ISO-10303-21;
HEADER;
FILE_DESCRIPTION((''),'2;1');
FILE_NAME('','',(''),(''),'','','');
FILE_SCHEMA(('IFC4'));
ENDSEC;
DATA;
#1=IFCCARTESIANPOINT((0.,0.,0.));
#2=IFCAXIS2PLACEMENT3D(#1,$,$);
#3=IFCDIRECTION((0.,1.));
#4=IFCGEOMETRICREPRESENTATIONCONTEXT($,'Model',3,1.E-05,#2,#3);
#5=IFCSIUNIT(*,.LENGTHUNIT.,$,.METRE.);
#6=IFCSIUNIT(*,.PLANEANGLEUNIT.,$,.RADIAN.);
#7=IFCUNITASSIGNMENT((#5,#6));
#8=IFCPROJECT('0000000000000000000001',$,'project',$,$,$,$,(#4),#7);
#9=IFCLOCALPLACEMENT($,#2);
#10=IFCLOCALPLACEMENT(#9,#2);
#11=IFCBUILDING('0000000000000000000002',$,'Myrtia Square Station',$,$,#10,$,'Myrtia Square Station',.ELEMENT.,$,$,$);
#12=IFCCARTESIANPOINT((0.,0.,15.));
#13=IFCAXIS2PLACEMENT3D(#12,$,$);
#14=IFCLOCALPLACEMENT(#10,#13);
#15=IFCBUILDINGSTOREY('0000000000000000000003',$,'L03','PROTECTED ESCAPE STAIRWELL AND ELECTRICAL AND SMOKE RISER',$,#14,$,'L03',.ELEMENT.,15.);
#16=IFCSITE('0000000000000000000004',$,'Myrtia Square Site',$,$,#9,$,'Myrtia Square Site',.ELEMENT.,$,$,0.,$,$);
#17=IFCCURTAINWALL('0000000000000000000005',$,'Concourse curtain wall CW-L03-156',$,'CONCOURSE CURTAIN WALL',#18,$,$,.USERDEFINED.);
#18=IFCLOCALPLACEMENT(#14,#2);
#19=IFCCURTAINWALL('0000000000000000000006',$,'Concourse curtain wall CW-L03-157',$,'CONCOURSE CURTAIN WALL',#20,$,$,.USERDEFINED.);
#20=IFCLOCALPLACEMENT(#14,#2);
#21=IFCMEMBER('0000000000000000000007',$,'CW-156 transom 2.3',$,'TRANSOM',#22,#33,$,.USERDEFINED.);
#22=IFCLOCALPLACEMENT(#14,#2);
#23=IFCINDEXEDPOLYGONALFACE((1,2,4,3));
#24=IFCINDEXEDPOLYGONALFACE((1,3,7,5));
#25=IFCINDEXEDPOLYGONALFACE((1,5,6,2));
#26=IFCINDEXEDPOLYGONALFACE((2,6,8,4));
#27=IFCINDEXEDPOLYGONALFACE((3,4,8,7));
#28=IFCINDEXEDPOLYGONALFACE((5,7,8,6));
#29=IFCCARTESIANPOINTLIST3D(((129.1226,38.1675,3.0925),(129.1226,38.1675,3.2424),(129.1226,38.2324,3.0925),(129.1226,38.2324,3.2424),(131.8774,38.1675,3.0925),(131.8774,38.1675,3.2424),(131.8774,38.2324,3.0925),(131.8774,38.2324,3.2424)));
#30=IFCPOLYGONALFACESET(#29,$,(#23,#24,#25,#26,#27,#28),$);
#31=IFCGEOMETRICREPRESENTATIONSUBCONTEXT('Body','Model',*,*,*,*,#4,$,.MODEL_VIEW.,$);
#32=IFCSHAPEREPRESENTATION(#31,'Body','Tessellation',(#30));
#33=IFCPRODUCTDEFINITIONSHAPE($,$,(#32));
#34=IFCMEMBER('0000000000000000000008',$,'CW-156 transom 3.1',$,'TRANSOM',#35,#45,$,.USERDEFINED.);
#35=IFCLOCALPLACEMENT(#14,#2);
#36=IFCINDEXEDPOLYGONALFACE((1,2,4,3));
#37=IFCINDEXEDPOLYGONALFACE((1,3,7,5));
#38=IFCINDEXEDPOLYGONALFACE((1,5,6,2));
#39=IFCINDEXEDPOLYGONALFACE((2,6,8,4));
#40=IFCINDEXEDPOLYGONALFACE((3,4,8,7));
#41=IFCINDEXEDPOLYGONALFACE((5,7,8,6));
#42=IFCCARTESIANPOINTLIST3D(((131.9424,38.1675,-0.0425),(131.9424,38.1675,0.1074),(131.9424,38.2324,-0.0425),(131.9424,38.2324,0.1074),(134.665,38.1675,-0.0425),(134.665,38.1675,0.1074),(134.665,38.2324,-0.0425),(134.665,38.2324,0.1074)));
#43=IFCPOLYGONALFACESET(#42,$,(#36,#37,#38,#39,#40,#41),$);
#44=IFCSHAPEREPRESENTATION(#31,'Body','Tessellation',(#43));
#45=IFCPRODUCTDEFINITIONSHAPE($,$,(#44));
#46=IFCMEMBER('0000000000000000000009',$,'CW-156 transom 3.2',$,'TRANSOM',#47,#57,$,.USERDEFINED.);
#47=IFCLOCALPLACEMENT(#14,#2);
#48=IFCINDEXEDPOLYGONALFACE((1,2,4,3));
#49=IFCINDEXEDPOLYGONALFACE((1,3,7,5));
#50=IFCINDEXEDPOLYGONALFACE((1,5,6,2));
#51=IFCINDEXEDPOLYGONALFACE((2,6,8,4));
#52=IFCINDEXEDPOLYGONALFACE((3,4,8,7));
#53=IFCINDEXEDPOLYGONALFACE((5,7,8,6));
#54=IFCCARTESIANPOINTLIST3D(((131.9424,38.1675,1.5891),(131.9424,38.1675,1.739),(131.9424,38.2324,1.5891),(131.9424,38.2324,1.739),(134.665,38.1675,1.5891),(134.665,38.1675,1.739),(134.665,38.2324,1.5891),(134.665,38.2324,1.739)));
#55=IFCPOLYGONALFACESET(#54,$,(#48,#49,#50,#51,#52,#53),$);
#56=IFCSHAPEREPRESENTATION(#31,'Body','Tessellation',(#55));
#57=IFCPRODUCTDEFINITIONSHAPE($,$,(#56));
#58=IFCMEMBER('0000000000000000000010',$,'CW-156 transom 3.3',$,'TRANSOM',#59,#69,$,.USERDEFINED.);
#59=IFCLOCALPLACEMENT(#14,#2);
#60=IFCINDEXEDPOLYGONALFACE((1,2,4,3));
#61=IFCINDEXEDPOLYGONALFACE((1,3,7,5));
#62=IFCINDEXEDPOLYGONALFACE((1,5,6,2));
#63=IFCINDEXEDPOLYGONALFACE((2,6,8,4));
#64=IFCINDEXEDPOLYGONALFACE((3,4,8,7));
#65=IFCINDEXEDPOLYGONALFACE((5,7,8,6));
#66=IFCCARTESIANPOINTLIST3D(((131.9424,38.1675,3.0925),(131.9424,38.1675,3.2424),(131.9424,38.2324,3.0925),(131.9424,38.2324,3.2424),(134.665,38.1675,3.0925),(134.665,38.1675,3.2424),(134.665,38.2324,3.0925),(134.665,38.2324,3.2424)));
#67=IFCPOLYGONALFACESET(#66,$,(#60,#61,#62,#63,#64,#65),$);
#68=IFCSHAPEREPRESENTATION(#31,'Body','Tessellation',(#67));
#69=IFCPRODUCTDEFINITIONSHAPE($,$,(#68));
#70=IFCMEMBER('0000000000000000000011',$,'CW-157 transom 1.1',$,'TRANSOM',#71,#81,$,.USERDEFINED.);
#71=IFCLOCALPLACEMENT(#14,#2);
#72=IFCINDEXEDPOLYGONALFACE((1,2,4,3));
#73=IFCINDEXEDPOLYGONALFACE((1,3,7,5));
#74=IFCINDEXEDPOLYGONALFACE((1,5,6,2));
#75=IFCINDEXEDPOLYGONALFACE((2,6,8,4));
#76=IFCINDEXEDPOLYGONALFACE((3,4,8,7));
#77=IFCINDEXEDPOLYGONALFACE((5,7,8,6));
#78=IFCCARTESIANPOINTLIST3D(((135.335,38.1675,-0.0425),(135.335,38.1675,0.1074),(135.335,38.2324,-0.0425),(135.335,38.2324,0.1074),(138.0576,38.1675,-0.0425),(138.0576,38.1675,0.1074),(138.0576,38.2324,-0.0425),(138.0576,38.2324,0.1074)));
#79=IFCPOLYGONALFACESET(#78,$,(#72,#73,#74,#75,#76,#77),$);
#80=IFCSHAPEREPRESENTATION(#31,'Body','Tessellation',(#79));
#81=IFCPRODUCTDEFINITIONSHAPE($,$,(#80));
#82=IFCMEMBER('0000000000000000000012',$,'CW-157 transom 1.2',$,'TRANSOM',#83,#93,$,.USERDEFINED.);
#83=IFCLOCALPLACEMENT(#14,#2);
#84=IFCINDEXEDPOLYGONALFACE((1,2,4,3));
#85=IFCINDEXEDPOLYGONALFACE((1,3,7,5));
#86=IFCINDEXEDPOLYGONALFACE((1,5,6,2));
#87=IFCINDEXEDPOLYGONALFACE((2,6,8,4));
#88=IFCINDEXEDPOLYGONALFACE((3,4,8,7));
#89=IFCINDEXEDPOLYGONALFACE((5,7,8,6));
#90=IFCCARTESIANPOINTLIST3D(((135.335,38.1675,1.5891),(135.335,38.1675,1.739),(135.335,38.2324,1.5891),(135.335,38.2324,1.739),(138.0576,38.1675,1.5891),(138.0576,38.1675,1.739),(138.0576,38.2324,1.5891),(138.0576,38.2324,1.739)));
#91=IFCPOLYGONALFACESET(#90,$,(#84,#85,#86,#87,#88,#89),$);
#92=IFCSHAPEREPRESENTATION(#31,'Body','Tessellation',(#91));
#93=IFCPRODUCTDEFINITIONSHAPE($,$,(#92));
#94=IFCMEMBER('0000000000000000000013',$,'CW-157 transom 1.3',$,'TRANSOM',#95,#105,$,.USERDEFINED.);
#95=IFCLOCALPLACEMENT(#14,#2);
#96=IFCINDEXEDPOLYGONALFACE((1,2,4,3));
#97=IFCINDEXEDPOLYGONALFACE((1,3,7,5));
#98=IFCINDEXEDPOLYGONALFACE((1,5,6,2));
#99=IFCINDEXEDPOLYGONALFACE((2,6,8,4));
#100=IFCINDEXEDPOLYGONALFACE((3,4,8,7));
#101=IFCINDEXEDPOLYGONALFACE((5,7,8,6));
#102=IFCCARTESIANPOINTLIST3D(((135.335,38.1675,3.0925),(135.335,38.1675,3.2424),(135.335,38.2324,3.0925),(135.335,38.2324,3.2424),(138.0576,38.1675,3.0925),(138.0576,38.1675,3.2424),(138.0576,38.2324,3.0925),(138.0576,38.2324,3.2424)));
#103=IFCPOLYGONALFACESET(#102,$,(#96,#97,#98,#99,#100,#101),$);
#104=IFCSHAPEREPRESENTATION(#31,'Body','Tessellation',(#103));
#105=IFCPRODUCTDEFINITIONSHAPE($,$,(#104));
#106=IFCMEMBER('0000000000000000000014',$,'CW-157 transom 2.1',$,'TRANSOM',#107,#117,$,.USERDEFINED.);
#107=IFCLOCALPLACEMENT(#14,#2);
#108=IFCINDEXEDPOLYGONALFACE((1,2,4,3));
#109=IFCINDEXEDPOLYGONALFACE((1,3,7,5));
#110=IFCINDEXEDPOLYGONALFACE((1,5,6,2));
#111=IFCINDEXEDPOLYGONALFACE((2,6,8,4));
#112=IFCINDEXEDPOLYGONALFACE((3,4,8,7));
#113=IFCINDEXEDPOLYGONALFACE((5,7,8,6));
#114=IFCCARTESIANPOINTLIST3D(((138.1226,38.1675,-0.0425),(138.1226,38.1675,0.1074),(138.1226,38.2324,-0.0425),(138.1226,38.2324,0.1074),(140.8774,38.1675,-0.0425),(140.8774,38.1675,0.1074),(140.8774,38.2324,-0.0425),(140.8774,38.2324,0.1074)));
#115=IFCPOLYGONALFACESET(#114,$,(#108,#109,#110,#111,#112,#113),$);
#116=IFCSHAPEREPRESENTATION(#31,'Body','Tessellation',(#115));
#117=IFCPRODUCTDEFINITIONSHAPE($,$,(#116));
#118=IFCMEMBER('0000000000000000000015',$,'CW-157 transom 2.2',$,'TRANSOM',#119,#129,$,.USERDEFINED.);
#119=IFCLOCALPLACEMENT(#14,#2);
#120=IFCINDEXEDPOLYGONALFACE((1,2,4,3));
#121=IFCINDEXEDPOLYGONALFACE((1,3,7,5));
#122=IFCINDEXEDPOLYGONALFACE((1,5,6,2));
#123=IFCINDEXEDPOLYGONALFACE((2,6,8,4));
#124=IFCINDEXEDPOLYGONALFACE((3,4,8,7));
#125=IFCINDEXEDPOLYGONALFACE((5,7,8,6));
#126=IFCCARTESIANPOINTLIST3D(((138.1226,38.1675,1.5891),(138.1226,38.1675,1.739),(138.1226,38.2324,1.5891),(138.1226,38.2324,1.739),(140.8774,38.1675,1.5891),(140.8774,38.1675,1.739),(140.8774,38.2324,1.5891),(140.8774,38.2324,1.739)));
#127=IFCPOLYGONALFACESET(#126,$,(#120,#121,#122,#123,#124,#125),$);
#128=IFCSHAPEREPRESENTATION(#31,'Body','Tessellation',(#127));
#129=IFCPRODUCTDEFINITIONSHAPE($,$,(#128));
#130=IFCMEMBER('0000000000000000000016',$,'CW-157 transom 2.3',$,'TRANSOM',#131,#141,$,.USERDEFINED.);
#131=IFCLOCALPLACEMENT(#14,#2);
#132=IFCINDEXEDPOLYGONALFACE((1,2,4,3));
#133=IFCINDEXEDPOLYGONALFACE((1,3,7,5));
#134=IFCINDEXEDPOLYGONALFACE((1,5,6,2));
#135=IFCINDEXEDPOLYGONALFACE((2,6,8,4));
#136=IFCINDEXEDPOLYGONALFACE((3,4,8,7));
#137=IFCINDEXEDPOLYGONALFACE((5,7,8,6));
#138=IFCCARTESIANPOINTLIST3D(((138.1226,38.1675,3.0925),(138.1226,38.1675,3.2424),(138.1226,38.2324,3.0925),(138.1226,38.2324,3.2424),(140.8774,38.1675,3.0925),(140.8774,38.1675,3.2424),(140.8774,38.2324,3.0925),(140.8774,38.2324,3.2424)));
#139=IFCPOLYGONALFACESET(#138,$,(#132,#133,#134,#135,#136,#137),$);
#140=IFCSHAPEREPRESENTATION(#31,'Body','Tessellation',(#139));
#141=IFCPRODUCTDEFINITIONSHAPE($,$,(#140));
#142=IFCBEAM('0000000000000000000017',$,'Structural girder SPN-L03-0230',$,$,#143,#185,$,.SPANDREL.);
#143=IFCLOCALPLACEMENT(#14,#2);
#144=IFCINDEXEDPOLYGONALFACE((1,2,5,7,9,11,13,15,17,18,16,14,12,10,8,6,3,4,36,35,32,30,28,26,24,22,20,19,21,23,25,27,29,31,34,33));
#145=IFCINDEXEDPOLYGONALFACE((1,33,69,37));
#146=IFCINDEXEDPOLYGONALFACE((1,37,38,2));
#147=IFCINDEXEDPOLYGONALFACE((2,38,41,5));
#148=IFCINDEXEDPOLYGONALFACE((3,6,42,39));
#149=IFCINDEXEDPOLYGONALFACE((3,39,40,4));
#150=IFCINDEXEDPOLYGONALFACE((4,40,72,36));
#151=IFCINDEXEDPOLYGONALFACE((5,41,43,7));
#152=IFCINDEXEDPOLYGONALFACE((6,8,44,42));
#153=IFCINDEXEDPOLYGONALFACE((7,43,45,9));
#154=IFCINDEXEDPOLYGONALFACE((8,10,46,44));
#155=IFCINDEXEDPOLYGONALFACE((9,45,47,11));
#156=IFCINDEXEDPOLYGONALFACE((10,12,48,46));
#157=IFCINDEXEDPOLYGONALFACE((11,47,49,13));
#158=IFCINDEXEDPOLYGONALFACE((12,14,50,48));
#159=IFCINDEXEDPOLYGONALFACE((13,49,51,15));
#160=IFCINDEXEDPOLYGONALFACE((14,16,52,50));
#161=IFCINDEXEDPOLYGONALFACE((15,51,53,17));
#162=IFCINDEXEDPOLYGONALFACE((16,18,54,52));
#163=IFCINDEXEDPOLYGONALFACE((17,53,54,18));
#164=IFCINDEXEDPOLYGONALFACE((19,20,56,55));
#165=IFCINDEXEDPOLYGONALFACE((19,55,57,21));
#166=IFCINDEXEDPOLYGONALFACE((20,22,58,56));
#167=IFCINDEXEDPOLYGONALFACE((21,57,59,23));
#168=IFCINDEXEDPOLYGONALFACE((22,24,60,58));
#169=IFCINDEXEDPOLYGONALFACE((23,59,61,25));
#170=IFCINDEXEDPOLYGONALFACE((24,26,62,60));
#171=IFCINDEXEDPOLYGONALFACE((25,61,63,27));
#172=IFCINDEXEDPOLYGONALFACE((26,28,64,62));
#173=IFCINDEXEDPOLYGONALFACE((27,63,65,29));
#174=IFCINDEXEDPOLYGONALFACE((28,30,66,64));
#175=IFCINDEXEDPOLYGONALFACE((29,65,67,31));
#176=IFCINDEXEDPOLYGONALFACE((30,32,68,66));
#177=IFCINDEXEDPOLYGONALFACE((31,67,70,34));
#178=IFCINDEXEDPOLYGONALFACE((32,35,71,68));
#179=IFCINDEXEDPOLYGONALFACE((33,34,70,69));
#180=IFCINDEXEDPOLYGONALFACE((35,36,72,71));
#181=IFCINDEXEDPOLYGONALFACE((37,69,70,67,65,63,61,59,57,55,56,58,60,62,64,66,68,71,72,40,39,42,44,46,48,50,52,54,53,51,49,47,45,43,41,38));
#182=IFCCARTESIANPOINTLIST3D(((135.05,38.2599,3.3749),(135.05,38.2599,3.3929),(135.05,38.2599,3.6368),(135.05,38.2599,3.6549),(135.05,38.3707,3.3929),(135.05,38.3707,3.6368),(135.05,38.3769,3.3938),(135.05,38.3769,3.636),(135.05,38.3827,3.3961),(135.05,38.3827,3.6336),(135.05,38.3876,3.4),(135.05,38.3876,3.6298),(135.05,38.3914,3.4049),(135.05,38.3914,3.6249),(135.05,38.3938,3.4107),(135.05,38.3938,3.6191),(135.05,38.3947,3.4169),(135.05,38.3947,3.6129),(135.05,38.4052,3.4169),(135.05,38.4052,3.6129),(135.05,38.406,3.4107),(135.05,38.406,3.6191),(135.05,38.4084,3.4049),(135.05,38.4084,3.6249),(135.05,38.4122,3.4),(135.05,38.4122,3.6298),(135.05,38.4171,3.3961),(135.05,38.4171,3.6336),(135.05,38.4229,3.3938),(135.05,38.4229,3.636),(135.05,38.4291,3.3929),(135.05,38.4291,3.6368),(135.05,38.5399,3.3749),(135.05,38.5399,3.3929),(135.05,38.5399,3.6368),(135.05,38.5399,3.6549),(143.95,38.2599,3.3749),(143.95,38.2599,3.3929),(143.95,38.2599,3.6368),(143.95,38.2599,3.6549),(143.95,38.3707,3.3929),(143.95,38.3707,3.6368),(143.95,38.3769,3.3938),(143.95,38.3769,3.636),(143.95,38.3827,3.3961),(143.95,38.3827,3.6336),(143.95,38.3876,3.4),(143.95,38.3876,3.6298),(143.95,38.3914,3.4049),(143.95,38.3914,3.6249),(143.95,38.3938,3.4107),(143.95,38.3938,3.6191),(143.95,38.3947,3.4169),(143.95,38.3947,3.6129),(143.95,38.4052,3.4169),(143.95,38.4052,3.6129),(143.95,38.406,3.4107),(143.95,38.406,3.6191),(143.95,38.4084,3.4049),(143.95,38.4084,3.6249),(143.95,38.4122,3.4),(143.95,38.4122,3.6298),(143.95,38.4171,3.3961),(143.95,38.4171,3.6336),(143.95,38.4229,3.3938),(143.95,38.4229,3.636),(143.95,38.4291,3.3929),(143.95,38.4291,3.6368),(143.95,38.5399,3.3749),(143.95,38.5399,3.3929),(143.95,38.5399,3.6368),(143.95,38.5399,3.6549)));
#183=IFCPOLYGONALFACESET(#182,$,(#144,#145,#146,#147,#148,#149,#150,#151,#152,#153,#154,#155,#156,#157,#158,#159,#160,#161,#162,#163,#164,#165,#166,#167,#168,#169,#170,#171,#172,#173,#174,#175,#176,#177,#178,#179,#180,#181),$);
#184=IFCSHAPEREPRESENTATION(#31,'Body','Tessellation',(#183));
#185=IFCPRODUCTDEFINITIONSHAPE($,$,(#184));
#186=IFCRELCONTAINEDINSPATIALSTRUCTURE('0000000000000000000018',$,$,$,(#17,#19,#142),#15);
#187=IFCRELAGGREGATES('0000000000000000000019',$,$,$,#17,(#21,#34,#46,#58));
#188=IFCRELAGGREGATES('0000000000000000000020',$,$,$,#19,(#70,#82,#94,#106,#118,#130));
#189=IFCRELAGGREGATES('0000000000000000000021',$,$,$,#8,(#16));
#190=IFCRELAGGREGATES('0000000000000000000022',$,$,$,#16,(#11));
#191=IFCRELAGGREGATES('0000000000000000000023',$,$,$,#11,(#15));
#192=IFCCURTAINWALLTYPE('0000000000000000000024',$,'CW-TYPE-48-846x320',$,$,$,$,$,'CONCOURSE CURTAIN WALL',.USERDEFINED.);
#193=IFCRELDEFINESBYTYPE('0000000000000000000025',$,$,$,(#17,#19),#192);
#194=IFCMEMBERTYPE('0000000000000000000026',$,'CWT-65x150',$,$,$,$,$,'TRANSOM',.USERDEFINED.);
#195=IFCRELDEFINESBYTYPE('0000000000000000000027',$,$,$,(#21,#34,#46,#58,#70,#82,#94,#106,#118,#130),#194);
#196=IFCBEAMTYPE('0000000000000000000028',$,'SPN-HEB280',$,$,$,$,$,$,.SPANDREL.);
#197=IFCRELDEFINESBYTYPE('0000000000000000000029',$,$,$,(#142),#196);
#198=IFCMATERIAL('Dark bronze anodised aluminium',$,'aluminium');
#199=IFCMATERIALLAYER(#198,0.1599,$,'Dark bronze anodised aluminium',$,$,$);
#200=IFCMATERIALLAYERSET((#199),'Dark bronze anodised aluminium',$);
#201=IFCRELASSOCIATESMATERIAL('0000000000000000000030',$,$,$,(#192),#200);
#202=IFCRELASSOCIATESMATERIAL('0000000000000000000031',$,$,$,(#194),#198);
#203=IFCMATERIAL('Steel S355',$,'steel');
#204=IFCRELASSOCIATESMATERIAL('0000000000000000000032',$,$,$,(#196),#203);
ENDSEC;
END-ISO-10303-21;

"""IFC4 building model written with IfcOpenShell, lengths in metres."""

from ifc_helpers import new_model, si_unit, direction, frame, origin, origin_2d, place, context, subcontext, project, spatial, rectangle, i_section, extrude, material, layer, layer_set, material_profile, profile_set, type_object, element, aggregate, save


model = new_model("IFC4")

# Units and contexts
model_context = context("Model", 3, precision=1e-05, world=origin(), true_north=direction((0.0, 1.0)))
body_context = subcontext(model_context, "Body", "Model", "MODEL_VIEW")
ifc_project = project(units=[si_unit("LENGTHUNIT", "METRE"), si_unit("PLANEANGLEUNIT", "RADIAN")], contexts=[model_context])

# Site, building, storey
site_placement = place(None, origin())
site = spatial("IfcSite", under=ifc_project, at=site_placement, Name="Myrtia Square Site", LongName="Myrtia Square Site", CompositionType="ELEMENT", RefElevation=0.0)
building_placement = place(site_placement, origin())
building = spatial("IfcBuilding", under=site, at=building_placement, Name="Myrtia Square Station", LongName="Myrtia Square Station", CompositionType="ELEMENT")
storey_placement = place(building_placement, frame((0.0, 0.0, 15.0)))
storey = spatial("IfcBuildingStorey", under=building, at=storey_placement, Name="L03", Description="PROTECTED ESCAPE STAIRWELL AND ELECTRICAL AND SMOKE RISER", LongName="L03", CompositionType="ELEMENT", Elevation=15.0)

# Shared definitions
ifc_material_1 = material(Name="Steel S355", Category="steel")

# Curtain walls
ifc_material_2 = material(Name="Dark bronze anodised aluminium", Category="aluminium")
ifc_layer_1 = layer(ifc_material_2, 0.1599, Name="Dark bronze anodised aluminium")
ifc_layer_set_1 = layer_set([ifc_layer_1], Name="Dark bronze anodised aluminium")
curtain_wall_type = type_object("IfcCurtainWallType", Name="CW-TYPE-48-846x320", ElementType="CONCOURSE CURTAIN WALL", PredefinedType="USERDEFINED", material=ifc_layer_set_1)
curtain_wall_1_placement = place(storey_placement, origin())
curtain_wall_1 = element("IfcCurtainWall", 1, at=curtain_wall_1_placement, inside=storey, type_object=curtain_wall_type, Name="Concourse curtain wall CW-L03-156", ObjectType="CONCOURSE CURTAIN WALL", PredefinedType="USERDEFINED")
curtain_wall_2_placement = place(storey_placement, origin())
curtain_wall_2 = element("IfcCurtainWall", 2, at=curtain_wall_2_placement, inside=storey, type_object=curtain_wall_type, Name="Concourse curtain wall CW-L03-157", ObjectType="CONCOURSE CURTAIN WALL", PredefinedType="USERDEFINED")

# Members
ifc_material_profile_1 = material_profile(ifc_material_2, rectangle(XDim=0.0649, YDim=0.1499, at=origin_2d()), Name="ALU-T 65x150")
ifc_profile_set_1 = profile_set([ifc_material_profile_1], Name="Dark bronze anodised aluminium")
member_type_1 = type_object("IfcMemberType", Name="CWT-65x150", ElementType="TRANSOM", PredefinedType="USERDEFINED", material=ifc_profile_set_1)
member_1_placement = place(storey_placement, frame((129.1226, 38.2, 3.1675), z_axis=(1.0, 0.0, 0.0), x_axis=(0.0, 1.0, 0.0)))
member_1 = element("IfcMember", 3, at=member_1_placement, type_object=member_type_1, Name="CW-156 transom 2.3", ObjectType="TRANSOM", PredefinedType="USERDEFINED", context=body_context, shape_type="SweptSolid", body=[
    extrude(rectangle(XDim=0.0649, YDim=0.1499, at=origin_2d()), origin(), (0.0, 0.0, 1.0), 2.7549),
])
member_2_placement = place(storey_placement, frame((131.9424, 38.2, 0.0325), z_axis=(1.0, 0.0, 0.0), x_axis=(0.0, 1.0, 0.0)))
member_2 = element("IfcMember", 4, at=member_2_placement, type_object=member_type_1, Name="CW-156 transom 3.1", ObjectType="TRANSOM", PredefinedType="USERDEFINED", context=body_context, shape_type="SweptSolid", body=[
    extrude(rectangle(XDim=0.0649, YDim=0.1499, at=origin_2d()), origin(), (0.0, 0.0, 1.0), 2.7227),
])
member_3_placement = place(storey_placement, frame((131.9424, 38.2, 1.6641), z_axis=(1.0, 0.0, 0.0), x_axis=(0.0, 1.0, 0.0)))
member_3 = element("IfcMember", 5, at=member_3_placement, type_object=member_type_1, Name="CW-156 transom 3.2", ObjectType="TRANSOM", PredefinedType="USERDEFINED", context=body_context, shape_type="SweptSolid", body=[
    extrude(rectangle(XDim=0.0649, YDim=0.1499, at=origin_2d()), origin(), (0.0, 0.0, 1.0), 2.7227),
])
member_4_placement = place(storey_placement, frame((131.9424, 38.2, 3.1675), z_axis=(1.0, 0.0, 0.0), x_axis=(0.0, 1.0, 0.0)))
member_4 = element("IfcMember", 6, at=member_4_placement, type_object=member_type_1, Name="CW-156 transom 3.3", ObjectType="TRANSOM", PredefinedType="USERDEFINED", context=body_context, shape_type="SweptSolid", body=[
    extrude(rectangle(XDim=0.0649, YDim=0.1499, at=origin_2d()), origin(), (0.0, 0.0, 1.0), 2.7227),
])
member_5_placement = place(storey_placement, frame((135.335, 38.2, 0.0325), z_axis=(1.0, 0.0, 0.0), x_axis=(0.0, 1.0, 0.0)))
member_5 = element("IfcMember", 7, at=member_5_placement, type_object=member_type_1, Name="CW-157 transom 1.1", ObjectType="TRANSOM", PredefinedType="USERDEFINED", context=body_context, shape_type="SweptSolid", body=[
    extrude(rectangle(XDim=0.0649, YDim=0.1499, at=origin_2d()), origin(), (0.0, 0.0, 1.0), 2.7227),
])
member_6_placement = place(storey_placement, frame((135.335, 38.2, 1.6641), z_axis=(1.0, 0.0, 0.0), x_axis=(0.0, 1.0, 0.0)))
member_6 = element("IfcMember", 8, at=member_6_placement, type_object=member_type_1, Name="CW-157 transom 1.2", ObjectType="TRANSOM", PredefinedType="USERDEFINED", context=body_context, shape_type="SweptSolid", body=[
    extrude(rectangle(XDim=0.0649, YDim=0.1499, at=origin_2d()), origin(), (0.0, 0.0, 1.0), 2.7227),
])
member_7_placement = place(storey_placement, frame((135.335, 38.2, 3.1675), z_axis=(1.0, 0.0, 0.0), x_axis=(0.0, 1.0, 0.0)))
member_7 = element("IfcMember", 9, at=member_7_placement, type_object=member_type_1, Name="CW-157 transom 1.3", ObjectType="TRANSOM", PredefinedType="USERDEFINED", context=body_context, shape_type="SweptSolid", body=[
    extrude(rectangle(XDim=0.0649, YDim=0.1499, at=origin_2d()), origin(), (0.0, 0.0, 1.0), 2.7227),
])
member_8_placement = place(storey_placement, frame((138.1226, 38.2, 0.0325), z_axis=(1.0, 0.0, 0.0), x_axis=(0.0, 1.0, 0.0)))
member_8 = element("IfcMember", 10, at=member_8_placement, type_object=member_type_1, Name="CW-157 transom 2.1", ObjectType="TRANSOM", PredefinedType="USERDEFINED", context=body_context, shape_type="SweptSolid", body=[
    extrude(rectangle(XDim=0.0649, YDim=0.1499, at=origin_2d()), origin(), (0.0, 0.0, 1.0), 2.7549),
])
member_9_placement = place(storey_placement, frame((138.1226, 38.2, 1.6641), z_axis=(1.0, 0.0, 0.0), x_axis=(0.0, 1.0, 0.0)))
member_9 = element("IfcMember", 11, at=member_9_placement, type_object=member_type_1, Name="CW-157 transom 2.2", ObjectType="TRANSOM", PredefinedType="USERDEFINED", context=body_context, shape_type="SweptSolid", body=[
    extrude(rectangle(XDim=0.0649, YDim=0.1499, at=origin_2d()), origin(), (0.0, 0.0, 1.0), 2.7549),
])
member_10_placement = place(storey_placement, frame((138.1226, 38.2, 3.1675), z_axis=(1.0, 0.0, 0.0), x_axis=(0.0, 1.0, 0.0)))
member_10 = element("IfcMember", 12, at=member_10_placement, type_object=member_type_1, Name="CW-157 transom 2.3", ObjectType="TRANSOM", PredefinedType="USERDEFINED", context=body_context, shape_type="SweptSolid", body=[
    extrude(rectangle(XDim=0.0649, YDim=0.1499, at=origin_2d()), origin(), (0.0, 0.0, 1.0), 2.7549),
])

# Beam
ifc_material_profile_2 = material_profile(ifc_material_1, i_section(OverallWidth=0.28, OverallDepth=0.28, WebThickness=0.0105, FlangeThickness=0.0181, FilletRadius=0.0239, at=origin_2d()), Name="HEB 280")
ifc_profile_set_2 = profile_set([ifc_material_profile_2], Name="Steel S355")
beam_type = type_object("IfcBeamType", Name="SPN-HEB280", PredefinedType="SPANDREL", material=ifc_profile_set_2)
for number, where, z_axis, x_axis, name in (
    (13, (135.05, 38.3999, 3.5149), (1.0, 0.0, 0.0), (0.0, 1.0, 0.0), "Structural girder SPN-L03-0230"),
):
    element("IfcBeam", number, at=place(storey_placement, frame(where, z_axis=z_axis, x_axis=x_axis)), inside=storey, type_object=beam_type, Name=name, PredefinedType="SPANDREL", context=body_context, shape_type="SweptSolid", body=[
        extrude(i_section(OverallWidth=0.28, OverallDepth=0.28, WebThickness=0.0105, FlangeThickness=0.0181, FilletRadius=0.0239, at=origin_2d()), origin(), (0.0, 0.0, 1.0), 8.8999),
    ])

aggregate(curtain_wall_1, [member_1, member_2, member_3, member_4])
aggregate(curtain_wall_2, [member_5, member_6, member_7, member_8, member_9, member_10])

save(model, "model.ifc")
